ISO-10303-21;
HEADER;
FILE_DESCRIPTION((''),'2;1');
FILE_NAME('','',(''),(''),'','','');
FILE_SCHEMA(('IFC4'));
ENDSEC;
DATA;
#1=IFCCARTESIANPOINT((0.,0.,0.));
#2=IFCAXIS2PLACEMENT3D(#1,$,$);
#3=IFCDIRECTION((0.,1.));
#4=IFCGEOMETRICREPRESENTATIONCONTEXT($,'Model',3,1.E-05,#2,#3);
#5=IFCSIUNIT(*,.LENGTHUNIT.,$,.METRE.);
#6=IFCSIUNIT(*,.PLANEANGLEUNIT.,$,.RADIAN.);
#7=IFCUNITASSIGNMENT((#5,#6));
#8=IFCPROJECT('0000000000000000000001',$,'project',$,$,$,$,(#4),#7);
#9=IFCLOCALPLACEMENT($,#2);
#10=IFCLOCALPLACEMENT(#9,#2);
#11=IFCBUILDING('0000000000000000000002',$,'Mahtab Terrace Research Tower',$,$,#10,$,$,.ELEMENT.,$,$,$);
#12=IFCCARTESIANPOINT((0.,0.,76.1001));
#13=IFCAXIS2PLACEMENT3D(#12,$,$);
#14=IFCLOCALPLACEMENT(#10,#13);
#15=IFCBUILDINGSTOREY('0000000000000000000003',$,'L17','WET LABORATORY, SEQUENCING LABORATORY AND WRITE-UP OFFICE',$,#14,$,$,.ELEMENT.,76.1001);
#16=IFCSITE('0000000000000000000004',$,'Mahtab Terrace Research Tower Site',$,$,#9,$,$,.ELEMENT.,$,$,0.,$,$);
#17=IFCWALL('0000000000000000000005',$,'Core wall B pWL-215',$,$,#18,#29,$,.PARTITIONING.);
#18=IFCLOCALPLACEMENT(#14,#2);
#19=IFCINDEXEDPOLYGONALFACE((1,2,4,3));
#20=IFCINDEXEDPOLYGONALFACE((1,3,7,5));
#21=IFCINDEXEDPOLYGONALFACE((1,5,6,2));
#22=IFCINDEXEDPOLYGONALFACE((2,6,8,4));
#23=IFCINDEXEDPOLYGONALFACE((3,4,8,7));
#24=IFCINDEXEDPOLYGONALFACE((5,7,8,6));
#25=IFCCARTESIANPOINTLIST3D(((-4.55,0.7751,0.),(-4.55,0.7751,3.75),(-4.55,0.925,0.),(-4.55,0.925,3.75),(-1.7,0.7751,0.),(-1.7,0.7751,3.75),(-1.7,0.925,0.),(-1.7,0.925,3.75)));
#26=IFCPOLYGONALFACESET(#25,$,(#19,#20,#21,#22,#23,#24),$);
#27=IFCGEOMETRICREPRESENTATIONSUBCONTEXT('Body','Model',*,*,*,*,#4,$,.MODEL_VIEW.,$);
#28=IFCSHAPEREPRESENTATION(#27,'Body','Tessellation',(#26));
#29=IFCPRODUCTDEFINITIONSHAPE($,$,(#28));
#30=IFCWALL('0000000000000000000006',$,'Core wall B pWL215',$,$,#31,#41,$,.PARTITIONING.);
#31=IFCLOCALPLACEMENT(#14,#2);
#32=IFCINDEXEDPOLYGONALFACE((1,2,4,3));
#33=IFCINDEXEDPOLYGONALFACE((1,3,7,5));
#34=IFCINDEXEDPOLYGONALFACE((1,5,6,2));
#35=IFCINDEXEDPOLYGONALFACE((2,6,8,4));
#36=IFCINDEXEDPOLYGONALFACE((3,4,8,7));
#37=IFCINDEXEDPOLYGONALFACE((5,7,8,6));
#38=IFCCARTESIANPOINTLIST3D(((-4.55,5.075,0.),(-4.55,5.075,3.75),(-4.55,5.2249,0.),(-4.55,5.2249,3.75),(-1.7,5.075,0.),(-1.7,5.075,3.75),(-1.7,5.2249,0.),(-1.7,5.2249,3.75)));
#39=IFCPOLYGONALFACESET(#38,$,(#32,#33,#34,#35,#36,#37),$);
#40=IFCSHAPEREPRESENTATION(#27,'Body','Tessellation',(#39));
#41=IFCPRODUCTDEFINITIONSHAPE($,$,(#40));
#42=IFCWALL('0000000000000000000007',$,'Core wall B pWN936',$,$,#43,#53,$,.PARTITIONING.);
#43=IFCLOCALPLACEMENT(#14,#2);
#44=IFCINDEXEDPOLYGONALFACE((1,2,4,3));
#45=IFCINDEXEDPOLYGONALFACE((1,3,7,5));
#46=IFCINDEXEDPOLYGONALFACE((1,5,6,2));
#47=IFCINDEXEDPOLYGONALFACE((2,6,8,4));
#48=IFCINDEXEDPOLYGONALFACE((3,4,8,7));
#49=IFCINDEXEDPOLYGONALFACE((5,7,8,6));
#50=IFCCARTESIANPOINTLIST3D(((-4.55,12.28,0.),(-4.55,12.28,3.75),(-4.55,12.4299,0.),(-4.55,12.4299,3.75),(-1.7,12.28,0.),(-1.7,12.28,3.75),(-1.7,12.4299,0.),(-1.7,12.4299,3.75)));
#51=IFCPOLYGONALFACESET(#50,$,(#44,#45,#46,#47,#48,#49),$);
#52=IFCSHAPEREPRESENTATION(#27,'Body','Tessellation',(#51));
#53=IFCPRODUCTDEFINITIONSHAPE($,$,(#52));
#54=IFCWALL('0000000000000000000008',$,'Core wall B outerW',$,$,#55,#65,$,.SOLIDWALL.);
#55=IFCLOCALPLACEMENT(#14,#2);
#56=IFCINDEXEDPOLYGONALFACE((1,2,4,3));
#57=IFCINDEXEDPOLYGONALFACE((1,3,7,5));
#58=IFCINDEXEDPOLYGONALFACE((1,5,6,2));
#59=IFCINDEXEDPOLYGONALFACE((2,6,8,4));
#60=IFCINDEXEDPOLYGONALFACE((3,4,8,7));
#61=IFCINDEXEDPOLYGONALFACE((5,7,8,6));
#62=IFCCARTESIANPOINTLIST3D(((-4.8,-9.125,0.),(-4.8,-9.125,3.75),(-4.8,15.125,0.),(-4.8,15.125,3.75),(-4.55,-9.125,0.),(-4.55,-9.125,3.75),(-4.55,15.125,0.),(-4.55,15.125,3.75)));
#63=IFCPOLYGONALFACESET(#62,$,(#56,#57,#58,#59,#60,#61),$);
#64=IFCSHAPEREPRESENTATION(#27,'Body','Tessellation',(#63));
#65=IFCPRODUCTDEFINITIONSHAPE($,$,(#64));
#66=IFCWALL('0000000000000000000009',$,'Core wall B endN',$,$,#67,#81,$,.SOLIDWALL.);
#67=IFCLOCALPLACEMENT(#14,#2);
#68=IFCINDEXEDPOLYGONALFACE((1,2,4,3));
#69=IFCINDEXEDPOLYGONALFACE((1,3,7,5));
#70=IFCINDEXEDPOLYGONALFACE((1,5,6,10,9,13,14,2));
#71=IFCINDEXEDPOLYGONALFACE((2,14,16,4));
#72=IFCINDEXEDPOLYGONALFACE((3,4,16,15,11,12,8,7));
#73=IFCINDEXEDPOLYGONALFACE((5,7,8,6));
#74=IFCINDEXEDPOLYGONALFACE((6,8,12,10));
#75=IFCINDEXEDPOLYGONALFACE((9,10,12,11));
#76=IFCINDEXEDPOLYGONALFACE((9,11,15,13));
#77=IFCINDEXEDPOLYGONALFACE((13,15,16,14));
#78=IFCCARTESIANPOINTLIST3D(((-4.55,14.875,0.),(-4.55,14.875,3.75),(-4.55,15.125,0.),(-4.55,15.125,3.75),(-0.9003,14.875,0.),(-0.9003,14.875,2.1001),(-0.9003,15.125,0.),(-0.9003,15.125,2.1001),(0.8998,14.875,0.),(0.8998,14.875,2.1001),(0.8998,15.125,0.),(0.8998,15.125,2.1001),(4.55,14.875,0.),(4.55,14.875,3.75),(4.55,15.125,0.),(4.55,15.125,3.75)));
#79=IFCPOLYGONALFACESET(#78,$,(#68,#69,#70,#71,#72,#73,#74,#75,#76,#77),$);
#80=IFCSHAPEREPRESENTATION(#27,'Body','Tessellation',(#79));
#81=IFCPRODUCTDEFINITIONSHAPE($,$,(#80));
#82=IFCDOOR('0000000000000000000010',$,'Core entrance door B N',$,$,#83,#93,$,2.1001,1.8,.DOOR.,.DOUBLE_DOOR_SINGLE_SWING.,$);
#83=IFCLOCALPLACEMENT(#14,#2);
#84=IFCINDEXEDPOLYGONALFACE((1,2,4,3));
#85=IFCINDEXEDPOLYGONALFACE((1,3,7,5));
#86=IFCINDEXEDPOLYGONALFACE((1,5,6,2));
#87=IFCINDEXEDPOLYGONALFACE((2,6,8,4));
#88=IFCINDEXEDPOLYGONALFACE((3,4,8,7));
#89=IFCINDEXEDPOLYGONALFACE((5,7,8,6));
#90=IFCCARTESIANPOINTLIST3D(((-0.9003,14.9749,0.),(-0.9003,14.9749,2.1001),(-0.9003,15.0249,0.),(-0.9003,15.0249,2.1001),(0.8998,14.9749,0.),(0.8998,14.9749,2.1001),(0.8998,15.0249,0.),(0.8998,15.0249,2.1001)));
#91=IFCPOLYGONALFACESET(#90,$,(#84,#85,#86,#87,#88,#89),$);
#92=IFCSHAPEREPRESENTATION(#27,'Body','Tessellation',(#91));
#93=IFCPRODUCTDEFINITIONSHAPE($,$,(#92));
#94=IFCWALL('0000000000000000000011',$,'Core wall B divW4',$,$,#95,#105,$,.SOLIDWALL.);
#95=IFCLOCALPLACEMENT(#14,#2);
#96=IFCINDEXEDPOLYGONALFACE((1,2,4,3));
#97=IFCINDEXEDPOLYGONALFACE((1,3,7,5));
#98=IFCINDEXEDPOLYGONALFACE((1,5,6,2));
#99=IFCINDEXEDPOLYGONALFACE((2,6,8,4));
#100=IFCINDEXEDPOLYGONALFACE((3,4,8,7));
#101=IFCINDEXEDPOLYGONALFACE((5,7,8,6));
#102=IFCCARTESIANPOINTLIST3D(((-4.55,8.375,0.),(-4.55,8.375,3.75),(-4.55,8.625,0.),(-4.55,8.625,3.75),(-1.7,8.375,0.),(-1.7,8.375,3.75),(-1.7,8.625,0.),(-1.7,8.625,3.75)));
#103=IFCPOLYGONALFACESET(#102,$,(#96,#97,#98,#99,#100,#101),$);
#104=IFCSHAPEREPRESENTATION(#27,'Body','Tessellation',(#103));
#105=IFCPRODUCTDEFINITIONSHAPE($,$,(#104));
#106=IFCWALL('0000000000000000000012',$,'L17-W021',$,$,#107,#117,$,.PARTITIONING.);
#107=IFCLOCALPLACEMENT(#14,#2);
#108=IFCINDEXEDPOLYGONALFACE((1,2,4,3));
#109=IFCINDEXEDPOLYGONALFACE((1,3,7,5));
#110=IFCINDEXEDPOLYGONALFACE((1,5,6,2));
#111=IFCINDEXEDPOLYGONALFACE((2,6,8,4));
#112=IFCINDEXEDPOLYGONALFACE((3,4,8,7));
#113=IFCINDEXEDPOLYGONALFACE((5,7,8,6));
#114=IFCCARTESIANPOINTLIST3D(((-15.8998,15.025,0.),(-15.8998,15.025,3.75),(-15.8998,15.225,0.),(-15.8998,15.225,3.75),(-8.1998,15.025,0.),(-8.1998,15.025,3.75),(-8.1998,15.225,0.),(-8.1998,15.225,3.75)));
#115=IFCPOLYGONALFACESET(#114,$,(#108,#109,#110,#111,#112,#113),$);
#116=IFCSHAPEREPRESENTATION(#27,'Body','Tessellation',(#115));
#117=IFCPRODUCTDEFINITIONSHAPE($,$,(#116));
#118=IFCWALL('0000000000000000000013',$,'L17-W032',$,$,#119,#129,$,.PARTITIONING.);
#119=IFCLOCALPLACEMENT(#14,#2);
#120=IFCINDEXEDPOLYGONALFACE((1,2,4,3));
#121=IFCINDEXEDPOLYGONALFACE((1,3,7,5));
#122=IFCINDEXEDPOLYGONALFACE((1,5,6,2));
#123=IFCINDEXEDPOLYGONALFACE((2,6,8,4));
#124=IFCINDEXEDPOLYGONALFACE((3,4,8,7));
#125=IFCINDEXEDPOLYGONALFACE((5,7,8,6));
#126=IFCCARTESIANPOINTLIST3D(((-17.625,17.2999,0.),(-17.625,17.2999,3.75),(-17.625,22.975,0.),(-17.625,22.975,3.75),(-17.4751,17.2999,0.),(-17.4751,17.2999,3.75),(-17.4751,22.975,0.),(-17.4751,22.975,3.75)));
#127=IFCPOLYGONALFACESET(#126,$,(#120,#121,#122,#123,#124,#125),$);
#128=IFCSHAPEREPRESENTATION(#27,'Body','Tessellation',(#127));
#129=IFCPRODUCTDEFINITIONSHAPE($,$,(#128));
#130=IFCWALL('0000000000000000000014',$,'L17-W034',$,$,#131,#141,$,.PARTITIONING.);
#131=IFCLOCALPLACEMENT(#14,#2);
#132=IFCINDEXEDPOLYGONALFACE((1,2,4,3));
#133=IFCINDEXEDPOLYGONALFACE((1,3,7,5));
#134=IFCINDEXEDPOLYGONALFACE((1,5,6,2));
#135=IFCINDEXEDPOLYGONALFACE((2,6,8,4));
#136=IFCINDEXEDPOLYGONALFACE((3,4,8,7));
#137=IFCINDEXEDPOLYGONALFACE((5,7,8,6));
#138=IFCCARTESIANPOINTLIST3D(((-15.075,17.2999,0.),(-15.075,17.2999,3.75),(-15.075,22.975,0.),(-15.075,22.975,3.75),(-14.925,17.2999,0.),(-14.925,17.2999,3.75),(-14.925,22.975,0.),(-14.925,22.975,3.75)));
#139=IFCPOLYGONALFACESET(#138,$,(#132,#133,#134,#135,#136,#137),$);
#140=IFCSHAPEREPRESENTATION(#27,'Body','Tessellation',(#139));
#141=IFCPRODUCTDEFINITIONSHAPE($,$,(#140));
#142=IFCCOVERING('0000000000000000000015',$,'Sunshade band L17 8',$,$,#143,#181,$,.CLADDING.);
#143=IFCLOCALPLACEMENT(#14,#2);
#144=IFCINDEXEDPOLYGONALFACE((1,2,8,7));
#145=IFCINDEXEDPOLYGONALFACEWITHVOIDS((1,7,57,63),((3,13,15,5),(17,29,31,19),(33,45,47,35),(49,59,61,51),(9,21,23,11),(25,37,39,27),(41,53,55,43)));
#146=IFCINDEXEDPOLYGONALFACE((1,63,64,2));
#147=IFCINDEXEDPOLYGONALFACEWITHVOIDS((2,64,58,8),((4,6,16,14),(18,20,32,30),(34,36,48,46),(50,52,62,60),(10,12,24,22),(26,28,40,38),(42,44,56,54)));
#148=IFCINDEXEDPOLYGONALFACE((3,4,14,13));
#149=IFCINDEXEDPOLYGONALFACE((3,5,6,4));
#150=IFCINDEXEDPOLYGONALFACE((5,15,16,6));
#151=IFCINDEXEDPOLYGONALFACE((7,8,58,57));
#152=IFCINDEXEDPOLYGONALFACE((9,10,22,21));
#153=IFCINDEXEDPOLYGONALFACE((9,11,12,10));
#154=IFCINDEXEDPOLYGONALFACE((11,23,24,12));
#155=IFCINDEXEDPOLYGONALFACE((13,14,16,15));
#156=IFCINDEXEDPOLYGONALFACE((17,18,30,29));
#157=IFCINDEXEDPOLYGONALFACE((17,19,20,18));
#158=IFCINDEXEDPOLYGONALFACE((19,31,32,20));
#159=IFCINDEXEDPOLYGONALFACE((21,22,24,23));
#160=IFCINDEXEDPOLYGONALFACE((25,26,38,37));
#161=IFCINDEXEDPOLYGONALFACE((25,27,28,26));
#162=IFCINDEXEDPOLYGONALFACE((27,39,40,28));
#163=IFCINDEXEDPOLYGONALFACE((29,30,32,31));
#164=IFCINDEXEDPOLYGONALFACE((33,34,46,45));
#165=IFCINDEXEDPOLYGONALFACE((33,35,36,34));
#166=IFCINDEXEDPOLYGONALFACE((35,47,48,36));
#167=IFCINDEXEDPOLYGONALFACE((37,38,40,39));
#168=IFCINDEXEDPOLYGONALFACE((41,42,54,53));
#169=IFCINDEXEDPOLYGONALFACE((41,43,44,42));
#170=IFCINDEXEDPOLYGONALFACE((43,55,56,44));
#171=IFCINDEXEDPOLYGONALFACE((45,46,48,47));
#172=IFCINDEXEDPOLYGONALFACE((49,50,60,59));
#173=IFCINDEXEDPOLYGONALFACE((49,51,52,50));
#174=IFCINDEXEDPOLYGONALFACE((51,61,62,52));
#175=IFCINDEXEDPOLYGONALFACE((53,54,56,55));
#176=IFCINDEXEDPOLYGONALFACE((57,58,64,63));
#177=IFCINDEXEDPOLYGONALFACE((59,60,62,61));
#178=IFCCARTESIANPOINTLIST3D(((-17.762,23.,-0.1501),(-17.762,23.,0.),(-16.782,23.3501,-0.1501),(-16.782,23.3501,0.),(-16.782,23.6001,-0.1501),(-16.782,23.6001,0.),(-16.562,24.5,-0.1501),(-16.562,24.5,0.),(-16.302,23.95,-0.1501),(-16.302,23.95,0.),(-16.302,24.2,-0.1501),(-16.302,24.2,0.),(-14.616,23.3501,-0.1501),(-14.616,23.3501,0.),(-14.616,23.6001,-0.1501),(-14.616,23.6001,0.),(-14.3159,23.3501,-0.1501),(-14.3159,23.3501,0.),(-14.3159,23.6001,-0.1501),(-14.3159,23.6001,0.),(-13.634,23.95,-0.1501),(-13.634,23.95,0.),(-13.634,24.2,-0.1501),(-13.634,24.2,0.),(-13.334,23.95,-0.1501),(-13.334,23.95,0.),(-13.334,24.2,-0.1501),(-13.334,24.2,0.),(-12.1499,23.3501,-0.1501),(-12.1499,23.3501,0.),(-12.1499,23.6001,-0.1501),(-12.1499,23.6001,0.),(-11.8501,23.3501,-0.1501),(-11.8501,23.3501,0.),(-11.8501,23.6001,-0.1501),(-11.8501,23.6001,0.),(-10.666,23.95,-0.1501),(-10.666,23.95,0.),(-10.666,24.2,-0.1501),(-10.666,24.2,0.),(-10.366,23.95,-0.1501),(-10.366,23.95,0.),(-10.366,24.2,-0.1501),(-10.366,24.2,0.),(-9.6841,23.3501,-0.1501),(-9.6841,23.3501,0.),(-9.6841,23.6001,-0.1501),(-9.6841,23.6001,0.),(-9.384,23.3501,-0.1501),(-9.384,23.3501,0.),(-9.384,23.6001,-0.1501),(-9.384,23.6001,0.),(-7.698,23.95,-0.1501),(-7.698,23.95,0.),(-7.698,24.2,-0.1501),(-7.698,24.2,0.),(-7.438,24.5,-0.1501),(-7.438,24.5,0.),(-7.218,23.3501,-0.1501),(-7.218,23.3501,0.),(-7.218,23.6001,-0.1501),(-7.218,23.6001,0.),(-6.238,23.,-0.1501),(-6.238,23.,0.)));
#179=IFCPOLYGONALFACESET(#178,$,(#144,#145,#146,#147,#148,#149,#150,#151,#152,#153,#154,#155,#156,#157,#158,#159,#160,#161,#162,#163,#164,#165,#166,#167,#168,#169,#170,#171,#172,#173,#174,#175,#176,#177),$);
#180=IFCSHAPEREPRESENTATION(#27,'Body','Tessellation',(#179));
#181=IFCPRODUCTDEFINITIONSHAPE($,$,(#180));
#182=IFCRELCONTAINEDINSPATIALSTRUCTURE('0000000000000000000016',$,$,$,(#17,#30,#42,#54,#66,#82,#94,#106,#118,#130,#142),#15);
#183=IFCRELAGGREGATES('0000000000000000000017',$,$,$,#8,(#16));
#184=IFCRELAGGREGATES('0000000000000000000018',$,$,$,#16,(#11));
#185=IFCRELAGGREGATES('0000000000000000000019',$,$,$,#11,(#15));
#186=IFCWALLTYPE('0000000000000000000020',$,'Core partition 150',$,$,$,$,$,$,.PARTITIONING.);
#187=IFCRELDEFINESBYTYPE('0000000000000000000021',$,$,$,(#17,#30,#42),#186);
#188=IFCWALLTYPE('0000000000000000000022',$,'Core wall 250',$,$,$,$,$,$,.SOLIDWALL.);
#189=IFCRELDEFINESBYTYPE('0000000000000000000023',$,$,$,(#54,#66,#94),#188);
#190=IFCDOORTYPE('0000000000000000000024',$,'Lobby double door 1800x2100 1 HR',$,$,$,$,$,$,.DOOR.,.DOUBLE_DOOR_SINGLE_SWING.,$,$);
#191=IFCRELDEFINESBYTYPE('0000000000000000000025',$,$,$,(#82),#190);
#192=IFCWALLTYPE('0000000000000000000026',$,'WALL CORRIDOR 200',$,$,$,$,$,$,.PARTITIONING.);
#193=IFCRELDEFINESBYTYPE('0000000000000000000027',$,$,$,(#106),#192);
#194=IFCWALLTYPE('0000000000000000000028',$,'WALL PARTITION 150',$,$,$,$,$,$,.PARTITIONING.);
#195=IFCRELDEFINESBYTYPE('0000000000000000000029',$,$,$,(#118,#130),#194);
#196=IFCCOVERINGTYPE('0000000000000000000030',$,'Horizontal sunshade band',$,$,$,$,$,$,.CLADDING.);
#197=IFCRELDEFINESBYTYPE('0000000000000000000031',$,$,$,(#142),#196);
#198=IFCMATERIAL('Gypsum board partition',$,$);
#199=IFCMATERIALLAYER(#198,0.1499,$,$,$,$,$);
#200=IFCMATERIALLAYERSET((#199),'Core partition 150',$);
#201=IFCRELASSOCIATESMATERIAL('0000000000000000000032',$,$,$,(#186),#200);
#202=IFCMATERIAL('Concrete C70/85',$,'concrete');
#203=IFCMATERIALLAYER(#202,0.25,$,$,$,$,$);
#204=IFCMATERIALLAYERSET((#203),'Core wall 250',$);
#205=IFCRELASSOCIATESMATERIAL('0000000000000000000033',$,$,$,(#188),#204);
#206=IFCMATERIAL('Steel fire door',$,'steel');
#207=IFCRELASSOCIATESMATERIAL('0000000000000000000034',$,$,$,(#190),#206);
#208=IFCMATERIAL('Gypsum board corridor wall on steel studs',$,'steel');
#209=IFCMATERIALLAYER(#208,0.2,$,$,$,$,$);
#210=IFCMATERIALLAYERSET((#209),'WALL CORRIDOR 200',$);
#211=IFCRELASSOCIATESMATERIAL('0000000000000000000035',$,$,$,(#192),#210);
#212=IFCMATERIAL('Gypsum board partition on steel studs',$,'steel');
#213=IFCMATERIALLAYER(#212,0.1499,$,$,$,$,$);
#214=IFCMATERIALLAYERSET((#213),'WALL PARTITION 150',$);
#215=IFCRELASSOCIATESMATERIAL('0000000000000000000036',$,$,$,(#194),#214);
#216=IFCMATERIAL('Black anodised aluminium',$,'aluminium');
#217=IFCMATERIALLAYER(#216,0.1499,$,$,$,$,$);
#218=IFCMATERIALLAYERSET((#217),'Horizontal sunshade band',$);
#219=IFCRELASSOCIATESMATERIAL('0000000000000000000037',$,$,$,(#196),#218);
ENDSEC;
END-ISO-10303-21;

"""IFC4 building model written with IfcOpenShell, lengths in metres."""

from ifc_helpers import new_model, si_unit, direction, frame, frame_2d, origin, place, context, subcontext, project, spatial, polyline, rectangle, outline, extrude, material, layer, layer_set, type_object, element, fill, save


model = new_model("IFC4")

# Units and contexts
model_context = context("Model", 3, precision=1e-05, world=origin(), true_north=direction((0.0, 1.0)))
body_context = subcontext(model_context, "Body", "Model", "MODEL_VIEW")
ifc_project = project(units=[si_unit("LENGTHUNIT", "METRE"), si_unit("PLANEANGLEUNIT", "RADIAN")], contexts=[model_context])

# Site, building, storey
site_placement = place(None, origin())
site = spatial("IfcSite", under=ifc_project, at=site_placement, Name="Mahtab Terrace Research Tower Site", CompositionType="ELEMENT", RefElevation=0.0)
building_placement = place(site_placement, origin())
building = spatial("IfcBuilding", under=site, at=building_placement, Name="Mahtab Terrace Research Tower", CompositionType="ELEMENT")
storey_placement = place(building_placement, frame((0.0, 0.0, 76.1001)))
storey = spatial("IfcBuildingStorey", under=building, at=storey_placement, Name="L17", Description="WET LABORATORY, SEQUENCING LABORATORY AND WRITE-UP OFFICE", CompositionType="ELEMENT", Elevation=76.1001)

# Shared definitions
ifc_material_1 = material(Name="Concrete C70/85", Category="concrete")

# Walls
ifc_material_2 = material(Name="Gypsum board partition")
ifc_layer_1 = layer(ifc_material_2, 0.1499)
ifc_layer_set_1 = layer_set([ifc_layer_1], Name="Core partition 150")
wall_type_1 = type_object("IfcWallType", Name="Core partition 150", PredefinedType="PARTITIONING", material=ifc_layer_set_1)
for number, where, z_axis, x_axis, name in (
    (1, (-4.55, 0.8501, 0.0), (0.0, 0.0, 1.0), (1.0, 0.0, 0.0), "Core wall B pWL-215"),
    (2, (-4.55, 5.1499, 0.0), (0.0, 0.0, 1.0), (1.0, 0.0, 0.0), "Core wall B pWL215"),
    (3, (-4.55, 12.355, 0.0), (0.0, 0.0, 1.0), (1.0, 0.0, 0.0), "Core wall B pWN936"),
):
    element("IfcWall", number, at=place(storey_placement, frame(where, z_axis=z_axis, x_axis=x_axis)), inside=storey, type_object=wall_type_1, Name=name, PredefinedType="PARTITIONING", context=body_context, shape_type="SweptSolid", body=[
        extrude(rectangle(XDim=2.8501, YDim=0.1499, at=frame_2d((1.425, 0.0))), origin(), (0.0, 0.0, 1.0), 3.75),
    ])
ifc_layer_2 = layer(ifc_material_1, 0.25)
ifc_layer_set_2 = layer_set([ifc_layer_2], Name="Core wall 250")
wall_type_2 = type_object("IfcWallType", Name="Core wall 250", PredefinedType="SOLIDWALL", material=ifc_layer_set_2)
wall_1_placement = place(storey_placement, frame((-4.675, 15.125, 0.0), z_axis=(0.0, 0.0, 1.0), x_axis=(0.0, -1.0, 0.0)))
element("IfcWall", 4, at=wall_1_placement, inside=storey, type_object=wall_type_2, Name="Core wall B outerW", PredefinedType="SOLIDWALL", context=body_context, shape_type="SweptSolid", body=[
    extrude(rectangle(XDim=24.25, YDim=0.25, at=frame_2d((12.125, 0.0))), origin(), (0.0, 0.0, 1.0), 3.75),
])

# Wall, opening, door
wall_2_placement = place(storey_placement, frame((-4.55, 15.0, 0.0), z_axis=(0.0, 0.0, 1.0), x_axis=(1.0, 0.0, 0.0)))
wall_2 = element("IfcWall", 5, at=wall_2_placement, inside=storey, type_object=wall_type_2, Name="Core wall B endN", PredefinedType="SOLIDWALL", context=body_context, shape_type="SweptSolid", body=[
    extrude(rectangle(XDim=9.1001, YDim=0.25, at=frame_2d((4.55, 0.0))), origin(), (0.0, 0.0, 1.0), 3.75),
])
opening_placement = place(wall_2_placement, frame((3.6499, 0.0, 0.0)))
opening = element("IfcOpeningElement", 6, at=opening_placement, cuts=wall_2, PredefinedType="OPENING", context=body_context, shape_type="SweptSolid", body=[
    extrude(rectangle(XDim=1.8, YDim=2.1001, at=frame_2d((0.8999, 1.05))), frame((0.0, 0.135, 0.0), z_axis=(0.0, -1.0, 0.0), x_axis=(1.0, 0.0, 0.0)), (0.0, 0.0, 1.0), 0.27),
])
ifc_material_3 = material(Name="Steel fire door", Category="steel")
door_type = type_object("IfcDoorType", Name="Lobby double door 1800x2100 1 HR", OperationType="DOUBLE_DOOR_SINGLE_SWING", PredefinedType="DOOR", material=ifc_material_3)
door_placement = place(opening_placement, origin())
door = element("IfcDoor", 7, at=door_placement, inside=storey, type_object=door_type, Name="Core entrance door B N", OperationType="DOUBLE_DOOR_SINGLE_SWING", OverallHeight=2.1001, OverallWidth=1.8, PredefinedType="DOOR", context=body_context, shape_type="SweptSolid", body=[
    extrude(rectangle(XDim=1.8, YDim=2.1001, at=frame_2d((0.8999, 1.05))), frame((0.0, 0.0249, 0.0), z_axis=(0.0, -1.0, 0.0), x_axis=(1.0, 0.0, 0.0)), (0.0, 0.0, 1.0), 0.05),
])
fill(opening, door)

# Walls
wall_3_placement = place(storey_placement, frame((-4.55, 8.5, 0.0), z_axis=(0.0, 0.0, 1.0), x_axis=(1.0, 0.0, 0.0)))
element("IfcWall", 8, at=wall_3_placement, inside=storey, type_object=wall_type_2, Name="Core wall B divW4", PredefinedType="SOLIDWALL", context=body_context, shape_type="SweptSolid", body=[
    extrude(rectangle(XDim=2.8501, YDim=0.25, at=frame_2d((1.425, 0.0))), origin(), (0.0, 0.0, 1.0), 3.75),
])
ifc_material_4 = material(Name="Gypsum board corridor wall on steel studs", Category="steel")
ifc_layer_3 = layer(ifc_material_4, 0.2)
ifc_layer_set_3 = layer_set([ifc_layer_3], Name="WALL CORRIDOR 200")
wall_type_3 = type_object("IfcWallType", Name="WALL CORRIDOR 200", PredefinedType="PARTITIONING", material=ifc_layer_set_3)
wall_4_placement = place(storey_placement, frame((-15.8999, 15.125, 0.0), z_axis=(0.0, 0.0, 1.0), x_axis=(1.0, 0.0, 0.0)))
element("IfcWall", 9, at=wall_4_placement, inside=storey, type_object=wall_type_3, Name="L17-W021", PredefinedType="PARTITIONING", context=body_context, shape_type="SweptSolid", body=[
    extrude(rectangle(XDim=7.7, YDim=0.2, at=frame_2d((3.8501, 0.0))), origin(), (0.0, 0.0, 1.0), 3.75),
])
ifc_material_5 = material(Name="Gypsum board partition on steel studs", Category="steel")
ifc_layer_4 = layer(ifc_material_5, 0.1499)
ifc_layer_set_4 = layer_set([ifc_layer_4], Name="WALL PARTITION 150")
wall_type_4 = type_object("IfcWallType", Name="WALL PARTITION 150", PredefinedType="PARTITIONING", material=ifc_layer_set_4)
for number, where, z_axis, x_axis, name in (
    (10, (-17.55, 17.3, 0.0), (0.0, 0.0, 1.0), (0.0, 1.0, 0.0), "L17-W032"),
    (11, (-15.0, 17.3, 0.0), (0.0, 0.0, 1.0), (0.0, 1.0, 0.0), "L17-W034"),
):
    element("IfcWall", number, at=place(storey_placement, frame(where, z_axis=z_axis, x_axis=x_axis)), inside=storey, type_object=wall_type_4, Name=name, PredefinedType="PARTITIONING", context=body_context, shape_type="SweptSolid", body=[
        extrude(rectangle(XDim=5.675, YDim=0.1499, at=frame_2d((2.8374, 0.0))), origin(), (0.0, 0.0, 1.0), 3.75),
    ])

# Covering
ifc_material_6 = material(Name="Black anodised aluminium", Category="aluminium")
ifc_layer_5 = layer(ifc_material_6, 0.1499)
ifc_layer_set_5 = layer_set([ifc_layer_5], Name="Horizontal sunshade band")
covering_type = type_object("IfcCoveringType", Name="Horizontal sunshade band", PredefinedType="CLADDING", material=ifc_layer_set_5)
covering_1_placement = place(storey_placement, frame((0.0, 0.0, -0.1501)))
element("IfcCovering", 12, at=covering_1_placement, inside=storey, type_object=covering_type, Name="Sunshade band L17 8", PredefinedType="CLADDING", context=body_context, shape_type="SweptSolid", body=[
    extrude(outline(polyline([(-6.238, 23.0), (-17.762, 23.0), (-16.562, 24.5), (-7.438, 24.5), (-6.238, 23.0)]), holes=[polyline([(-7.218, 23.3501), (-9.384, 23.3501), (-9.384, 23.6001), (-7.218, 23.6001), (-7.218, 23.3501)]), polyline([(-9.6841, 23.3501), (-11.8501, 23.3501), (-11.8501, 23.6001), (-9.6841, 23.6001), (-9.6841, 23.3501)]), polyline([(-12.1499, 23.3501), (-14.3159, 23.3501), (-14.3159, 23.6001), (-12.1499, 23.6001), (-12.1499, 23.3501)]), polyline([(-14.616, 23.3501), (-16.782, 23.3501), (-16.782, 23.6001), (-14.616, 23.6001), (-14.616, 23.3501)]), polyline([(-7.698, 23.95), (-10.366, 23.95), (-10.366, 24.2), (-7.698, 24.2), (-7.698, 23.95)]), polyline([(-10.666, 23.95), (-13.334, 23.95), (-13.334, 24.2), (-10.666, 24.2), (-10.666, 23.95)]), polyline([(-13.634, 23.95), (-16.302, 23.95), (-16.302, 24.2), (-13.634, 24.2), (-13.634, 23.95)])]), origin(), (0.0, 0.0, 1.0), 0.1501),
])

save(model, "model.ifc")
